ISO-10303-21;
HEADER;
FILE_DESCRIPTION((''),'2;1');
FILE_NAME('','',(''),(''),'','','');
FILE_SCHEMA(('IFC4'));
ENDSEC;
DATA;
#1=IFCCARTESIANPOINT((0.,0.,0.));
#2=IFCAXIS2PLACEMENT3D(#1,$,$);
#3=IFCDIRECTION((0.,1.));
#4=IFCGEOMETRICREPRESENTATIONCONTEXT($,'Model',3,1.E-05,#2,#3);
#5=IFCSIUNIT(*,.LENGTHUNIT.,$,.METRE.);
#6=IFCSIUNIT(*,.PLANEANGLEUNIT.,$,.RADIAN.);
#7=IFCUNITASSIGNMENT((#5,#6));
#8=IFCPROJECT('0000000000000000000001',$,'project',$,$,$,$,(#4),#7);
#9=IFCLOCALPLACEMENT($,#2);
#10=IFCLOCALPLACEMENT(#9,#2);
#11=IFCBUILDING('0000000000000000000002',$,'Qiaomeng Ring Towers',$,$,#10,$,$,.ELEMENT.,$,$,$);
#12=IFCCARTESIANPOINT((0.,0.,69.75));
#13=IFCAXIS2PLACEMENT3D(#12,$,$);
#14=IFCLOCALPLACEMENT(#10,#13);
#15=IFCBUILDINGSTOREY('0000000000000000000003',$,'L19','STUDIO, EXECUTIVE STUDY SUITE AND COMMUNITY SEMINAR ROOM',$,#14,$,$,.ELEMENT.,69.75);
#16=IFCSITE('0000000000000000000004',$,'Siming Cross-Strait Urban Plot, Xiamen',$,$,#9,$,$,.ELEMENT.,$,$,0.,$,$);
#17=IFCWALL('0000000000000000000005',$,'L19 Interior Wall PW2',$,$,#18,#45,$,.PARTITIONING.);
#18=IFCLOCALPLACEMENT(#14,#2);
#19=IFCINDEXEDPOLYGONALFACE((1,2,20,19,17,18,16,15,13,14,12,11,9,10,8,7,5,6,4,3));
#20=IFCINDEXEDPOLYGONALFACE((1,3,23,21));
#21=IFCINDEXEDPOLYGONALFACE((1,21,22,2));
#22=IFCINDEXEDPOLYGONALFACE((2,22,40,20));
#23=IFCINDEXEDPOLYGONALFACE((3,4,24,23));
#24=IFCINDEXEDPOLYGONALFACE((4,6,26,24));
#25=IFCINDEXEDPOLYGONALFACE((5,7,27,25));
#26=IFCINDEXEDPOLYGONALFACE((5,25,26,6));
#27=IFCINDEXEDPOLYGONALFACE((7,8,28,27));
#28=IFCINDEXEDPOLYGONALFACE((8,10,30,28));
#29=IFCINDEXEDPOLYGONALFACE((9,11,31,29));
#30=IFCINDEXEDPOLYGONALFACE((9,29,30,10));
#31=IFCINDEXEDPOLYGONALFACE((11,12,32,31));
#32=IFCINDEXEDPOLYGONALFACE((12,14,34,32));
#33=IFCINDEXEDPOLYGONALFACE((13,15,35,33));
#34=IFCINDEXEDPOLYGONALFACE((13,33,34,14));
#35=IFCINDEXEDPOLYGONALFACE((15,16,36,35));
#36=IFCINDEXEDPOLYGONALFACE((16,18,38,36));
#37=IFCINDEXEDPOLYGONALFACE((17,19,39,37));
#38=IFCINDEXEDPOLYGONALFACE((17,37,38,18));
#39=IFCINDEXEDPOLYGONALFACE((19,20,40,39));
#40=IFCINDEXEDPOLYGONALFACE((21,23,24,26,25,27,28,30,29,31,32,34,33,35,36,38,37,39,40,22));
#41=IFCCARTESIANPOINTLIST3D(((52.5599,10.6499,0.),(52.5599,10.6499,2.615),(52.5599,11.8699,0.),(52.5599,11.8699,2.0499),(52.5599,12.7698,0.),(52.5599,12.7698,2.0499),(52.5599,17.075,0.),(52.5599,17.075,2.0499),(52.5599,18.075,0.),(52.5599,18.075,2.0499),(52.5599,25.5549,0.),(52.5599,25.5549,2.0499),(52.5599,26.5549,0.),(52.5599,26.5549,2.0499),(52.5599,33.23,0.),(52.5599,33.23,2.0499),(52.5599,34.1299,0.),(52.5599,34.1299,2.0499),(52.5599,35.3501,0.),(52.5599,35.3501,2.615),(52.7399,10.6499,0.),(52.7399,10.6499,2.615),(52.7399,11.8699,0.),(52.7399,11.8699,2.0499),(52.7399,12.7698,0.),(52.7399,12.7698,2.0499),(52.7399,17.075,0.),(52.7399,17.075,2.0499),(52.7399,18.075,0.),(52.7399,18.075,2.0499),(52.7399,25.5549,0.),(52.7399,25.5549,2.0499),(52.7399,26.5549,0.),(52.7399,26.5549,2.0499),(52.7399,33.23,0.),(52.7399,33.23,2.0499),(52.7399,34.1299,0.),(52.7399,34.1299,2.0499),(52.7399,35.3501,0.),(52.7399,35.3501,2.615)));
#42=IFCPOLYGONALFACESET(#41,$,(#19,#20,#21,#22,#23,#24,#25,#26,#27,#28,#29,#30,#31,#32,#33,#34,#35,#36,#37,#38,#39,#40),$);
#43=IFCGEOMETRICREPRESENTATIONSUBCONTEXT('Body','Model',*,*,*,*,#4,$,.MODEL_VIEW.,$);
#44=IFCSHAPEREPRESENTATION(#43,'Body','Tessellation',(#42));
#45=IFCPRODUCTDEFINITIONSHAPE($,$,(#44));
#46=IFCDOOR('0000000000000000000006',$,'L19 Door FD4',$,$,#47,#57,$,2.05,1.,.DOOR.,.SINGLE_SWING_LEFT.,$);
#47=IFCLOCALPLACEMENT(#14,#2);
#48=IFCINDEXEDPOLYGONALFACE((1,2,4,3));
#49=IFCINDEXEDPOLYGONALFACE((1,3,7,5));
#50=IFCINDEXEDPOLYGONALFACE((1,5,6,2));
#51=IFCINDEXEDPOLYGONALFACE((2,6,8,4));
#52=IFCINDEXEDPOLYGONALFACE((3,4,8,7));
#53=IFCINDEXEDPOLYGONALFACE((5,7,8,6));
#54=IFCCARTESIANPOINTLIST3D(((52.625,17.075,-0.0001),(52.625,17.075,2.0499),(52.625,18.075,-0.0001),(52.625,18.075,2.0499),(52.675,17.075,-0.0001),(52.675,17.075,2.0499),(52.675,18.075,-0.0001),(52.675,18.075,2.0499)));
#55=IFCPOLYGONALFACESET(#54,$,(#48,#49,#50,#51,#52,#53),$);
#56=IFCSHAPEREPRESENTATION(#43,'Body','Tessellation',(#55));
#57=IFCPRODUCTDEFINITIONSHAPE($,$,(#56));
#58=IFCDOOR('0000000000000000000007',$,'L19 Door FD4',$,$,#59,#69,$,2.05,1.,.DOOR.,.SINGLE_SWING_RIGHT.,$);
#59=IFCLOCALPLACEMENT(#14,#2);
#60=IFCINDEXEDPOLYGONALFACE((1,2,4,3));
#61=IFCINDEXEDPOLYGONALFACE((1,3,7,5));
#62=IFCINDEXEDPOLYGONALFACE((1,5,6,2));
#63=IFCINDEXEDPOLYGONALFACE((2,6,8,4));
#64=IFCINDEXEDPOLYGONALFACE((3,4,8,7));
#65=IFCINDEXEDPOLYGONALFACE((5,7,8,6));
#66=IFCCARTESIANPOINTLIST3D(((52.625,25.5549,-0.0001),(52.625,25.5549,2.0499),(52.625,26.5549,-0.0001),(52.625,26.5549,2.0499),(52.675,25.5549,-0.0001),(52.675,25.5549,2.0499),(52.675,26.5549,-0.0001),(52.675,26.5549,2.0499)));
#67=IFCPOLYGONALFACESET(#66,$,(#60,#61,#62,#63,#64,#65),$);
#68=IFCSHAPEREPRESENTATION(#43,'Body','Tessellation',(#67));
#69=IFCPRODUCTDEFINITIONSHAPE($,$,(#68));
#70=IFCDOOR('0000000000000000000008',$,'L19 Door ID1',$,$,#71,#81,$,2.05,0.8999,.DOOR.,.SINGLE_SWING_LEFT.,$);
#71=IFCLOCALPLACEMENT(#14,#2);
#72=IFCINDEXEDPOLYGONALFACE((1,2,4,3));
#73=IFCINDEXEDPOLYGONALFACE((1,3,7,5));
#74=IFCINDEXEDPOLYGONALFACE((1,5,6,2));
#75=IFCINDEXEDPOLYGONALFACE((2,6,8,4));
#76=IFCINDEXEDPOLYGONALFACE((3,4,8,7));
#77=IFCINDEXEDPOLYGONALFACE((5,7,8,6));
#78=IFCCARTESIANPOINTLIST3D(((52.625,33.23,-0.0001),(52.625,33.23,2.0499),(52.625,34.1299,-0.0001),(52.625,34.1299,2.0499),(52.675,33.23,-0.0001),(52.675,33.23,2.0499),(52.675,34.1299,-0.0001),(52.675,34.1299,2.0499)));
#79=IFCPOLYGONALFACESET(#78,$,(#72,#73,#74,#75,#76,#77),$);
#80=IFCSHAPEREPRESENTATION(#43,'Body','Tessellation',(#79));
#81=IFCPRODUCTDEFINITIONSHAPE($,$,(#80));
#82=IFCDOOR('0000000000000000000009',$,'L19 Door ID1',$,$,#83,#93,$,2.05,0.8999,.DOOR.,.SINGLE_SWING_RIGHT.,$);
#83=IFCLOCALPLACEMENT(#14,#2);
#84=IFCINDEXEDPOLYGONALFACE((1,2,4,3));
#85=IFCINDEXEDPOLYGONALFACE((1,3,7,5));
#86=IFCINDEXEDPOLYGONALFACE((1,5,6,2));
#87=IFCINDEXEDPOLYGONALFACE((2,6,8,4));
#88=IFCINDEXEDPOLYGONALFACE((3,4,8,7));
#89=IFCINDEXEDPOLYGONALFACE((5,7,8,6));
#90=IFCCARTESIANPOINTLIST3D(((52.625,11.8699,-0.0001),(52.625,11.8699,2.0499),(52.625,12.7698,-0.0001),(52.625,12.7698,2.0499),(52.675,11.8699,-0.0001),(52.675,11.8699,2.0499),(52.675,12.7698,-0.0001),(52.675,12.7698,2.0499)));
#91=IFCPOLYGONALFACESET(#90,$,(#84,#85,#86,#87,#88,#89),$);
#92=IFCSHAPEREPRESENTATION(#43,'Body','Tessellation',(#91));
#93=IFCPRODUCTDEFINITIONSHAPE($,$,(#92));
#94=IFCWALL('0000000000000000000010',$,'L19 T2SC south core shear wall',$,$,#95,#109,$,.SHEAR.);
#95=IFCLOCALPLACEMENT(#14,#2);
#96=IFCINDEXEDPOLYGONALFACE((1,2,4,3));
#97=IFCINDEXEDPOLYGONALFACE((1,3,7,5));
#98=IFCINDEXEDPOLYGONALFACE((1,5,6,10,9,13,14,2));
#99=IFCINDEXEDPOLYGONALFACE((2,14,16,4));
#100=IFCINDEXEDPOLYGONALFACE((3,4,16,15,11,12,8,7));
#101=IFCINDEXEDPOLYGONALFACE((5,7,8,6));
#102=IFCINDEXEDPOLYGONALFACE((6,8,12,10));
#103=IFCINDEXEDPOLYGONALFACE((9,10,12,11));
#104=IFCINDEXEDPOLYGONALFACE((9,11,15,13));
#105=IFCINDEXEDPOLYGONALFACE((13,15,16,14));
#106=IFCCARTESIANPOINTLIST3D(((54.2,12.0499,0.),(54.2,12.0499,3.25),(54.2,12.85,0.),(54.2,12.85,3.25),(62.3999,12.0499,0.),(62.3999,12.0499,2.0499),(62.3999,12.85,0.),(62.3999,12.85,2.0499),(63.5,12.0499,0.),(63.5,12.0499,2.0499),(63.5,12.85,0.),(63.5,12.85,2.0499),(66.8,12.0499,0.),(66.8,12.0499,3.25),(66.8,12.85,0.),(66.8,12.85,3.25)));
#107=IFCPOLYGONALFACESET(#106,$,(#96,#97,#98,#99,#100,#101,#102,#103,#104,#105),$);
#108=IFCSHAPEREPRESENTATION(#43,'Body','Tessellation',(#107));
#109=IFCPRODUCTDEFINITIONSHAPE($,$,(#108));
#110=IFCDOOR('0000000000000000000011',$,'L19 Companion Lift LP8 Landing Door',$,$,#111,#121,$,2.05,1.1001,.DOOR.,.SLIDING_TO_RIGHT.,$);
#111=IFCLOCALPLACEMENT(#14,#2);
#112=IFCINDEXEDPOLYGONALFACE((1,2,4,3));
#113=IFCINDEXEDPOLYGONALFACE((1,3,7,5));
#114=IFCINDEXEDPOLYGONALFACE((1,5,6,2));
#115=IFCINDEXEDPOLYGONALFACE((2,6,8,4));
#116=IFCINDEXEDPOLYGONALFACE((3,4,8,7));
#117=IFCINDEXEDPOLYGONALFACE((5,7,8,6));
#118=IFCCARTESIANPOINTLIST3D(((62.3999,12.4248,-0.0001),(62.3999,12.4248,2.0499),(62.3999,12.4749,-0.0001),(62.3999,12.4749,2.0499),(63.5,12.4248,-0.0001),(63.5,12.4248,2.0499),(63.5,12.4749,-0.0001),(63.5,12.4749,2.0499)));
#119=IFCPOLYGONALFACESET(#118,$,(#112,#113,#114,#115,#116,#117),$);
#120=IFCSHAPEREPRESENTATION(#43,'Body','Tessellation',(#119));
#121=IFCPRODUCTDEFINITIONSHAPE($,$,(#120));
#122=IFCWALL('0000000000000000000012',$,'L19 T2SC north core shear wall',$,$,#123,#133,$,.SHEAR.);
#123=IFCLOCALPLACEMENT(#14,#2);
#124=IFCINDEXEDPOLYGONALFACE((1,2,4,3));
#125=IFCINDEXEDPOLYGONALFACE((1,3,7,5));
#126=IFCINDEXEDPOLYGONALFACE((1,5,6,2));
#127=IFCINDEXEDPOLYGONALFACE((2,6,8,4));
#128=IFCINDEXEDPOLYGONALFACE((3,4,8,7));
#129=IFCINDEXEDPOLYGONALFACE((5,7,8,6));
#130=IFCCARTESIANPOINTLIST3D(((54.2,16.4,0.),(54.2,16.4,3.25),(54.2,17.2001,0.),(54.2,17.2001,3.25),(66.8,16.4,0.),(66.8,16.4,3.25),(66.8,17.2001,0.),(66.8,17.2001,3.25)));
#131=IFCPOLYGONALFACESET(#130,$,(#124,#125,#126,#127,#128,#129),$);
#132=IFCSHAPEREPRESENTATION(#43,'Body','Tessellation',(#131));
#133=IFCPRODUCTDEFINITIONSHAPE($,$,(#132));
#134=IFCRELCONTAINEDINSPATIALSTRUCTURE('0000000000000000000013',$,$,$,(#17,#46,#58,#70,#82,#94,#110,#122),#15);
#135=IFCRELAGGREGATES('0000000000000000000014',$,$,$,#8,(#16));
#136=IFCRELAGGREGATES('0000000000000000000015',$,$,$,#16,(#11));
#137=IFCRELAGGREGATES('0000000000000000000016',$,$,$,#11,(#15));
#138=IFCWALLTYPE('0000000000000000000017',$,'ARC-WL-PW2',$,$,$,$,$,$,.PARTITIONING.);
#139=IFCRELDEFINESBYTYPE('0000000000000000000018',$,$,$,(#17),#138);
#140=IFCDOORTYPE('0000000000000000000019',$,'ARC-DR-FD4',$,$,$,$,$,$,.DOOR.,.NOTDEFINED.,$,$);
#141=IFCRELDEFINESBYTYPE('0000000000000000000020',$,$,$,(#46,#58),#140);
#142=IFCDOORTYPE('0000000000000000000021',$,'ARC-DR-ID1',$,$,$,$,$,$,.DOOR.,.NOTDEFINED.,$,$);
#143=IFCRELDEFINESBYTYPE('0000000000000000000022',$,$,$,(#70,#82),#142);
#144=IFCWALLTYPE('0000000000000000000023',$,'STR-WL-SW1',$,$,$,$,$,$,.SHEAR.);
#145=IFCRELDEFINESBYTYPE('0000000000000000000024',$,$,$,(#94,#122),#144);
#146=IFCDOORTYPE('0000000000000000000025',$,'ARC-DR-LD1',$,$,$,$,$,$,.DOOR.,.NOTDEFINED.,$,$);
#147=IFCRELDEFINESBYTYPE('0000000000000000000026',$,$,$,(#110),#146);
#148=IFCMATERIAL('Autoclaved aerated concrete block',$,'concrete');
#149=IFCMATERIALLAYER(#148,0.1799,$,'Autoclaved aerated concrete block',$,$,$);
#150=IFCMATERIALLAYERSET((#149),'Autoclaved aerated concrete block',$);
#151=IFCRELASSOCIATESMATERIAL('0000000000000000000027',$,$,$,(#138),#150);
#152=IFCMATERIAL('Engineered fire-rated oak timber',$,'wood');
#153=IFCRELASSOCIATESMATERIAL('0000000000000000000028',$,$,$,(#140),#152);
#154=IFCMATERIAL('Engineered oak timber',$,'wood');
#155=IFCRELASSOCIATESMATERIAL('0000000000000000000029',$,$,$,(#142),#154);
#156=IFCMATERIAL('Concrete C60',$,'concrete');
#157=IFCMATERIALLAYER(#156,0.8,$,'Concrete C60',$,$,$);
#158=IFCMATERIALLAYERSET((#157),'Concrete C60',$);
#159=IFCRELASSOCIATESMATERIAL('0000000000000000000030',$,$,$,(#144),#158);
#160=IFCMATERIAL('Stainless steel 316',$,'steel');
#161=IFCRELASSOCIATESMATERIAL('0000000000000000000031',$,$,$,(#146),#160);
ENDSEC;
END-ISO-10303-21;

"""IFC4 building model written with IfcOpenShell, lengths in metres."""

from ifc_helpers import new_model, si_unit, direction, frame, frame_2d, origin, place, context, subcontext, project, spatial, rectangle, extrude, source, transform, mapped, material, layer, layer_set, type_object, element, fill, save


model = new_model("IFC4")

# Units and contexts
model_context = context("Model", 3, precision=1e-05, world=origin(), true_north=direction((0.0, 1.0)))
body_context = subcontext(model_context, "Body", "Model", "MODEL_VIEW")
ifc_project = project(units=[si_unit("LENGTHUNIT", "METRE"), si_unit("PLANEANGLEUNIT", "RADIAN")], contexts=[model_context])

# Site, building, storey
site_placement = place(None, origin())
site = spatial("IfcSite", under=ifc_project, at=site_placement, Name="Siming Cross-Strait Urban Plot, Xiamen", CompositionType="ELEMENT", RefElevation=0.0)
building_placement = place(site_placement, origin())
building = spatial("IfcBuilding", under=site, at=building_placement, Name="Qiaomeng Ring Towers", CompositionType="ELEMENT")
storey_placement = place(building_placement, frame((0.0, 0.0, 69.75)))
storey = spatial("IfcBuildingStorey", under=building, at=storey_placement, Name="L19", Description="STUDIO, EXECUTIVE STUDY SUITE AND COMMUNITY SEMINAR ROOM", CompositionType="ELEMENT", Elevation=69.75)

# Wall, openings, doors
ifc_material_1 = material(Name="Autoclaved aerated concrete block", Category="concrete")
ifc_layer_1 = layer(ifc_material_1, 0.1799, Name="Autoclaved aerated concrete block")
ifc_layer_set_1 = layer_set([ifc_layer_1], Name="Autoclaved aerated concrete block")
wall_type_1 = type_object("IfcWallType", Name="ARC-WL-PW2", PredefinedType="PARTITIONING", material=ifc_layer_set_1)
wall_1_placement = place(storey_placement, frame((52.6499, 10.6499, 0.0), z_axis=(0.0, 0.0, 1.0), x_axis=(0.0, 1.0, 0.0)))
wall_1 = element("IfcWall", 1, at=wall_1_placement, inside=storey, type_object=wall_type_1, Name="L19 Interior Wall PW2", PredefinedType="PARTITIONING", context=body_context, shape_type="SweptSolid", body=[
    extrude(rectangle(XDim=24.7002, YDim=0.1799, at=frame_2d((12.3501, 0.0))), origin(), (0.0, 0.0, 1.0), 2.615),
])
opening_1_placement = place(wall_1_placement, frame((22.5801, 0.0, 0.0)))
opening_1 = element("IfcOpeningElement", 2, at=opening_1_placement, cuts=wall_1, PredefinedType="OPENING", context=body_context, shape_type="SweptSolid", body=[
    extrude(rectangle(XDim=0.8999, YDim=2.05, at=frame_2d((0.45, 1.0249))), frame((0.0, 0.0999, 0.0), z_axis=(0.0, -1.0, 0.0), x_axis=(1.0, 0.0, 0.0)), (0.0, 0.0, 1.0), 0.2),
])
opening_2_placement = place(wall_1_placement, frame((1.22, 0.0, 0.0)))
opening_2 = element("IfcOpeningElement", 3, at=opening_2_placement, cuts=wall_1, PredefinedType="OPENING", context=body_context, shape_type="SweptSolid", body=[
    extrude(rectangle(XDim=0.8999, YDim=2.05, at=frame_2d((0.45, 1.0249))), frame((0.0, 0.0999, 0.0), z_axis=(0.0, -1.0, 0.0), x_axis=(1.0, 0.0, 0.0)), (0.0, 0.0, 1.0), 0.2),
])
opening_3_placement = place(wall_1_placement, frame((6.425, 0.0, 0.0)))
opening_3 = element("IfcOpeningElement", 4, at=opening_3_placement, cuts=wall_1, PredefinedType="OPENING", context=body_context, shape_type="SweptSolid", body=[
    extrude(rectangle(XDim=1.0, YDim=2.05, at=frame_2d((0.5, 1.0249))), frame((0.0, 0.0999, 0.0), z_axis=(0.0, -1.0, 0.0), x_axis=(1.0, 0.0, 0.0)), (0.0, 0.0, 1.0), 0.2),
])
opening_4_placement = place(wall_1_placement, frame((14.905, 0.0, 0.0)))
opening_4 = element("IfcOpeningElement", 5, at=opening_4_placement, cuts=wall_1, PredefinedType="OPENING", context=body_context, shape_type="SweptSolid", body=[
    extrude(rectangle(XDim=1.0, YDim=2.05, at=frame_2d((0.5, 1.0249))), frame((0.0, 0.0999, 0.0), z_axis=(0.0, -1.0, 0.0), x_axis=(1.0, 0.0, 0.0)), (0.0, 0.0, 1.0), 0.2),
])
ifc_material_2 = material(Name="Engineered fire-rated oak timber", Category="wood")
door_type_1 = type_object("IfcDoorType", Name="ARC-DR-FD4", OperationType="NOTDEFINED", PredefinedType="DOOR", material=ifc_material_2)
shared_shape_1 = source(origin(), body_context, "Body", "SweptSolid", [
    extrude(rectangle(XDim=1.0, YDim=2.05, at=frame_2d((0.5, 1.0249))), frame((0.0, 0.0249, 0.0), z_axis=(0.0, -1.0, 0.0), x_axis=(1.0, 0.0, 0.0)), (0.0, 0.0, 1.0), 0.05),
])
door_1_placement = place(opening_3_placement, origin())
door_1 = element("IfcDoor", 6, at=door_1_placement, inside=storey, type_object=door_type_1, Name="L19 Door FD4", OperationType="SINGLE_SWING_LEFT", OverallHeight=2.05, OverallWidth=1.0, PredefinedType="DOOR", context=body_context, shape_type="MappedRepresentation", body=[
    mapped(shared_shape_1, transform((0.0, 0.0, 0.0), x_axis=(1.0, 0.0, 0.0), y_axis=(0.0, 1.0, 0.0), z_axis=(0.0, 0.0, 1.0), scale=1.0)),
])
fill(opening_3, door_1)
door_2_placement = place(opening_4_placement, origin())
door_2 = element("IfcDoor", 7, at=door_2_placement, inside=storey, type_object=door_type_1, Name="L19 Door FD4", OperationType="SINGLE_SWING_RIGHT", OverallHeight=2.05, OverallWidth=1.0, PredefinedType="DOOR", context=body_context, shape_type="MappedRepresentation", body=[
    mapped(shared_shape_1, transform((0.0, 0.0, 0.0), x_axis=(1.0, 0.0, 0.0), y_axis=(0.0, 1.0, 0.0), z_axis=(0.0, 0.0, 1.0), scale=1.0)),
])
fill(opening_4, door_2)
ifc_material_3 = material(Name="Engineered oak timber", Category="wood")
door_type_2 = type_object("IfcDoorType", Name="ARC-DR-ID1", OperationType="NOTDEFINED", PredefinedType="DOOR", material=ifc_material_3)
shared_shape_2 = source(origin(), body_context, "Body", "SweptSolid", [
    extrude(rectangle(XDim=0.8999, YDim=2.05, at=frame_2d((0.45, 1.0249))), frame((0.0, 0.0249, 0.0), z_axis=(0.0, -1.0, 0.0), x_axis=(1.0, 0.0, 0.0)), (0.0, 0.0, 1.0), 0.05),
])
door_3_placement = place(opening_1_placement, origin())
door_3 = element("IfcDoor", 8, at=door_3_placement, inside=storey, type_object=door_type_2, Name="L19 Door ID1", OperationType="SINGLE_SWING_LEFT", OverallHeight=2.05, OverallWidth=0.8999, PredefinedType="DOOR", context=body_context, shape_type="MappedRepresentation", body=[
    mapped(shared_shape_2, transform((0.0, 0.0, 0.0), x_axis=(1.0, 0.0, 0.0), y_axis=(0.0, 1.0, 0.0), z_axis=(0.0, 0.0, 1.0), scale=1.0)),
])
fill(opening_1, door_3)
door_4_placement = place(opening_2_placement, origin())
door_4 = element("IfcDoor", 9, at=door_4_placement, inside=storey, type_object=door_type_2, Name="L19 Door ID1", OperationType="SINGLE_SWING_RIGHT", OverallHeight=2.05, OverallWidth=0.8999, PredefinedType="DOOR", context=body_context, shape_type="MappedRepresentation", body=[
    mapped(shared_shape_2, transform((0.0, 0.0, 0.0), x_axis=(1.0, 0.0, 0.0), y_axis=(0.0, 1.0, 0.0), z_axis=(0.0, 0.0, 1.0), scale=1.0)),
])
fill(opening_2, door_4)

# Wall, opening, door
ifc_material_4 = material(Name="Concrete C60", Category="concrete")
ifc_layer_2 = layer(ifc_material_4, 0.8, Name="Concrete C60")
ifc_layer_set_2 = layer_set([ifc_layer_2], Name="Concrete C60")
wall_type_2 = type_object("IfcWallType", Name="STR-WL-SW1", PredefinedType="SHEAR", material=ifc_layer_set_2)
wall_2_placement = place(storey_placement, frame((54.2, 12.45, 0.0), z_axis=(0.0, 0.0, 1.0), x_axis=(1.0, 0.0, 0.0)))
wall_2 = element("IfcWall", 10, at=wall_2_placement, inside=storey, type_object=wall_type_2, Name="L19 T2SC south core shear wall", PredefinedType="SHEAR", context=body_context, shape_type="SweptSolid", body=[
    extrude(rectangle(XDim=12.6001, YDim=0.8, at=frame_2d((6.3, 0.0))), origin(), (0.0, 0.0, 1.0), 3.25),
])
opening_5_placement = place(wall_2_placement, frame((8.2, 0.0, 0.0)))
opening_5 = element("IfcOpeningElement", 11, at=opening_5_placement, cuts=wall_2, PredefinedType="OPENING", context=body_context, shape_type="SweptSolid", body=[
    extrude(rectangle(XDim=1.1001, YDim=2.05, at=frame_2d((0.55, 1.0249))), frame((0.0, 0.4099, 0.0), z_axis=(0.0, -1.0, 0.0), x_axis=(1.0, 0.0, 0.0)), (0.0, 0.0, 1.0), 0.8201),
])
ifc_material_5 = material(Name="Stainless steel 316", Category="steel")
door_type_3 = type_object("IfcDoorType", Name="ARC-DR-LD1", OperationType="NOTDEFINED", PredefinedType="DOOR", material=ifc_material_5)
shared_shape_3 = source(origin(), body_context, "Body", "SweptSolid", [
    extrude(rectangle(XDim=1.1001, YDim=2.05, at=frame_2d((0.55, 1.0249))), frame((0.0, 0.0249, 0.0), z_axis=(0.0, -1.0, 0.0), x_axis=(1.0, 0.0, 0.0)), (0.0, 0.0, 1.0), 0.05),
])
door_5_placement = place(opening_5_placement, origin())
door_5 = element("IfcDoor", 12, at=door_5_placement, inside=storey, type_object=door_type_3, Name="L19 Companion Lift LP8 Landing Door", OperationType="SLIDING_TO_RIGHT", OverallHeight=2.05, OverallWidth=1.1001, PredefinedType="DOOR", context=body_context, shape_type="MappedRepresentation", body=[
    mapped(shared_shape_3, transform((0.0, 0.0, 0.0), x_axis=(1.0, 0.0, 0.0), y_axis=(0.0, 1.0, 0.0), z_axis=(0.0, 0.0, 1.0), scale=1.0)),
])
fill(opening_5, door_5)

# Wall
wall_3_placement = place(storey_placement, frame((54.2, 16.8, 0.0), z_axis=(0.0, 0.0, 1.0), x_axis=(1.0, 0.0, 0.0)))
element("IfcWall", 13, at=wall_3_placement, inside=storey, type_object=wall_type_2, Name="L19 T2SC north core shear wall", PredefinedType="SHEAR", context=body_context, shape_type="SweptSolid", body=[
    extrude(rectangle(XDim=12.6001, YDim=0.8, at=frame_2d((6.3, 0.0))), origin(), (0.0, 0.0, 1.0), 3.25),
])

save(model, "model.ifc")
